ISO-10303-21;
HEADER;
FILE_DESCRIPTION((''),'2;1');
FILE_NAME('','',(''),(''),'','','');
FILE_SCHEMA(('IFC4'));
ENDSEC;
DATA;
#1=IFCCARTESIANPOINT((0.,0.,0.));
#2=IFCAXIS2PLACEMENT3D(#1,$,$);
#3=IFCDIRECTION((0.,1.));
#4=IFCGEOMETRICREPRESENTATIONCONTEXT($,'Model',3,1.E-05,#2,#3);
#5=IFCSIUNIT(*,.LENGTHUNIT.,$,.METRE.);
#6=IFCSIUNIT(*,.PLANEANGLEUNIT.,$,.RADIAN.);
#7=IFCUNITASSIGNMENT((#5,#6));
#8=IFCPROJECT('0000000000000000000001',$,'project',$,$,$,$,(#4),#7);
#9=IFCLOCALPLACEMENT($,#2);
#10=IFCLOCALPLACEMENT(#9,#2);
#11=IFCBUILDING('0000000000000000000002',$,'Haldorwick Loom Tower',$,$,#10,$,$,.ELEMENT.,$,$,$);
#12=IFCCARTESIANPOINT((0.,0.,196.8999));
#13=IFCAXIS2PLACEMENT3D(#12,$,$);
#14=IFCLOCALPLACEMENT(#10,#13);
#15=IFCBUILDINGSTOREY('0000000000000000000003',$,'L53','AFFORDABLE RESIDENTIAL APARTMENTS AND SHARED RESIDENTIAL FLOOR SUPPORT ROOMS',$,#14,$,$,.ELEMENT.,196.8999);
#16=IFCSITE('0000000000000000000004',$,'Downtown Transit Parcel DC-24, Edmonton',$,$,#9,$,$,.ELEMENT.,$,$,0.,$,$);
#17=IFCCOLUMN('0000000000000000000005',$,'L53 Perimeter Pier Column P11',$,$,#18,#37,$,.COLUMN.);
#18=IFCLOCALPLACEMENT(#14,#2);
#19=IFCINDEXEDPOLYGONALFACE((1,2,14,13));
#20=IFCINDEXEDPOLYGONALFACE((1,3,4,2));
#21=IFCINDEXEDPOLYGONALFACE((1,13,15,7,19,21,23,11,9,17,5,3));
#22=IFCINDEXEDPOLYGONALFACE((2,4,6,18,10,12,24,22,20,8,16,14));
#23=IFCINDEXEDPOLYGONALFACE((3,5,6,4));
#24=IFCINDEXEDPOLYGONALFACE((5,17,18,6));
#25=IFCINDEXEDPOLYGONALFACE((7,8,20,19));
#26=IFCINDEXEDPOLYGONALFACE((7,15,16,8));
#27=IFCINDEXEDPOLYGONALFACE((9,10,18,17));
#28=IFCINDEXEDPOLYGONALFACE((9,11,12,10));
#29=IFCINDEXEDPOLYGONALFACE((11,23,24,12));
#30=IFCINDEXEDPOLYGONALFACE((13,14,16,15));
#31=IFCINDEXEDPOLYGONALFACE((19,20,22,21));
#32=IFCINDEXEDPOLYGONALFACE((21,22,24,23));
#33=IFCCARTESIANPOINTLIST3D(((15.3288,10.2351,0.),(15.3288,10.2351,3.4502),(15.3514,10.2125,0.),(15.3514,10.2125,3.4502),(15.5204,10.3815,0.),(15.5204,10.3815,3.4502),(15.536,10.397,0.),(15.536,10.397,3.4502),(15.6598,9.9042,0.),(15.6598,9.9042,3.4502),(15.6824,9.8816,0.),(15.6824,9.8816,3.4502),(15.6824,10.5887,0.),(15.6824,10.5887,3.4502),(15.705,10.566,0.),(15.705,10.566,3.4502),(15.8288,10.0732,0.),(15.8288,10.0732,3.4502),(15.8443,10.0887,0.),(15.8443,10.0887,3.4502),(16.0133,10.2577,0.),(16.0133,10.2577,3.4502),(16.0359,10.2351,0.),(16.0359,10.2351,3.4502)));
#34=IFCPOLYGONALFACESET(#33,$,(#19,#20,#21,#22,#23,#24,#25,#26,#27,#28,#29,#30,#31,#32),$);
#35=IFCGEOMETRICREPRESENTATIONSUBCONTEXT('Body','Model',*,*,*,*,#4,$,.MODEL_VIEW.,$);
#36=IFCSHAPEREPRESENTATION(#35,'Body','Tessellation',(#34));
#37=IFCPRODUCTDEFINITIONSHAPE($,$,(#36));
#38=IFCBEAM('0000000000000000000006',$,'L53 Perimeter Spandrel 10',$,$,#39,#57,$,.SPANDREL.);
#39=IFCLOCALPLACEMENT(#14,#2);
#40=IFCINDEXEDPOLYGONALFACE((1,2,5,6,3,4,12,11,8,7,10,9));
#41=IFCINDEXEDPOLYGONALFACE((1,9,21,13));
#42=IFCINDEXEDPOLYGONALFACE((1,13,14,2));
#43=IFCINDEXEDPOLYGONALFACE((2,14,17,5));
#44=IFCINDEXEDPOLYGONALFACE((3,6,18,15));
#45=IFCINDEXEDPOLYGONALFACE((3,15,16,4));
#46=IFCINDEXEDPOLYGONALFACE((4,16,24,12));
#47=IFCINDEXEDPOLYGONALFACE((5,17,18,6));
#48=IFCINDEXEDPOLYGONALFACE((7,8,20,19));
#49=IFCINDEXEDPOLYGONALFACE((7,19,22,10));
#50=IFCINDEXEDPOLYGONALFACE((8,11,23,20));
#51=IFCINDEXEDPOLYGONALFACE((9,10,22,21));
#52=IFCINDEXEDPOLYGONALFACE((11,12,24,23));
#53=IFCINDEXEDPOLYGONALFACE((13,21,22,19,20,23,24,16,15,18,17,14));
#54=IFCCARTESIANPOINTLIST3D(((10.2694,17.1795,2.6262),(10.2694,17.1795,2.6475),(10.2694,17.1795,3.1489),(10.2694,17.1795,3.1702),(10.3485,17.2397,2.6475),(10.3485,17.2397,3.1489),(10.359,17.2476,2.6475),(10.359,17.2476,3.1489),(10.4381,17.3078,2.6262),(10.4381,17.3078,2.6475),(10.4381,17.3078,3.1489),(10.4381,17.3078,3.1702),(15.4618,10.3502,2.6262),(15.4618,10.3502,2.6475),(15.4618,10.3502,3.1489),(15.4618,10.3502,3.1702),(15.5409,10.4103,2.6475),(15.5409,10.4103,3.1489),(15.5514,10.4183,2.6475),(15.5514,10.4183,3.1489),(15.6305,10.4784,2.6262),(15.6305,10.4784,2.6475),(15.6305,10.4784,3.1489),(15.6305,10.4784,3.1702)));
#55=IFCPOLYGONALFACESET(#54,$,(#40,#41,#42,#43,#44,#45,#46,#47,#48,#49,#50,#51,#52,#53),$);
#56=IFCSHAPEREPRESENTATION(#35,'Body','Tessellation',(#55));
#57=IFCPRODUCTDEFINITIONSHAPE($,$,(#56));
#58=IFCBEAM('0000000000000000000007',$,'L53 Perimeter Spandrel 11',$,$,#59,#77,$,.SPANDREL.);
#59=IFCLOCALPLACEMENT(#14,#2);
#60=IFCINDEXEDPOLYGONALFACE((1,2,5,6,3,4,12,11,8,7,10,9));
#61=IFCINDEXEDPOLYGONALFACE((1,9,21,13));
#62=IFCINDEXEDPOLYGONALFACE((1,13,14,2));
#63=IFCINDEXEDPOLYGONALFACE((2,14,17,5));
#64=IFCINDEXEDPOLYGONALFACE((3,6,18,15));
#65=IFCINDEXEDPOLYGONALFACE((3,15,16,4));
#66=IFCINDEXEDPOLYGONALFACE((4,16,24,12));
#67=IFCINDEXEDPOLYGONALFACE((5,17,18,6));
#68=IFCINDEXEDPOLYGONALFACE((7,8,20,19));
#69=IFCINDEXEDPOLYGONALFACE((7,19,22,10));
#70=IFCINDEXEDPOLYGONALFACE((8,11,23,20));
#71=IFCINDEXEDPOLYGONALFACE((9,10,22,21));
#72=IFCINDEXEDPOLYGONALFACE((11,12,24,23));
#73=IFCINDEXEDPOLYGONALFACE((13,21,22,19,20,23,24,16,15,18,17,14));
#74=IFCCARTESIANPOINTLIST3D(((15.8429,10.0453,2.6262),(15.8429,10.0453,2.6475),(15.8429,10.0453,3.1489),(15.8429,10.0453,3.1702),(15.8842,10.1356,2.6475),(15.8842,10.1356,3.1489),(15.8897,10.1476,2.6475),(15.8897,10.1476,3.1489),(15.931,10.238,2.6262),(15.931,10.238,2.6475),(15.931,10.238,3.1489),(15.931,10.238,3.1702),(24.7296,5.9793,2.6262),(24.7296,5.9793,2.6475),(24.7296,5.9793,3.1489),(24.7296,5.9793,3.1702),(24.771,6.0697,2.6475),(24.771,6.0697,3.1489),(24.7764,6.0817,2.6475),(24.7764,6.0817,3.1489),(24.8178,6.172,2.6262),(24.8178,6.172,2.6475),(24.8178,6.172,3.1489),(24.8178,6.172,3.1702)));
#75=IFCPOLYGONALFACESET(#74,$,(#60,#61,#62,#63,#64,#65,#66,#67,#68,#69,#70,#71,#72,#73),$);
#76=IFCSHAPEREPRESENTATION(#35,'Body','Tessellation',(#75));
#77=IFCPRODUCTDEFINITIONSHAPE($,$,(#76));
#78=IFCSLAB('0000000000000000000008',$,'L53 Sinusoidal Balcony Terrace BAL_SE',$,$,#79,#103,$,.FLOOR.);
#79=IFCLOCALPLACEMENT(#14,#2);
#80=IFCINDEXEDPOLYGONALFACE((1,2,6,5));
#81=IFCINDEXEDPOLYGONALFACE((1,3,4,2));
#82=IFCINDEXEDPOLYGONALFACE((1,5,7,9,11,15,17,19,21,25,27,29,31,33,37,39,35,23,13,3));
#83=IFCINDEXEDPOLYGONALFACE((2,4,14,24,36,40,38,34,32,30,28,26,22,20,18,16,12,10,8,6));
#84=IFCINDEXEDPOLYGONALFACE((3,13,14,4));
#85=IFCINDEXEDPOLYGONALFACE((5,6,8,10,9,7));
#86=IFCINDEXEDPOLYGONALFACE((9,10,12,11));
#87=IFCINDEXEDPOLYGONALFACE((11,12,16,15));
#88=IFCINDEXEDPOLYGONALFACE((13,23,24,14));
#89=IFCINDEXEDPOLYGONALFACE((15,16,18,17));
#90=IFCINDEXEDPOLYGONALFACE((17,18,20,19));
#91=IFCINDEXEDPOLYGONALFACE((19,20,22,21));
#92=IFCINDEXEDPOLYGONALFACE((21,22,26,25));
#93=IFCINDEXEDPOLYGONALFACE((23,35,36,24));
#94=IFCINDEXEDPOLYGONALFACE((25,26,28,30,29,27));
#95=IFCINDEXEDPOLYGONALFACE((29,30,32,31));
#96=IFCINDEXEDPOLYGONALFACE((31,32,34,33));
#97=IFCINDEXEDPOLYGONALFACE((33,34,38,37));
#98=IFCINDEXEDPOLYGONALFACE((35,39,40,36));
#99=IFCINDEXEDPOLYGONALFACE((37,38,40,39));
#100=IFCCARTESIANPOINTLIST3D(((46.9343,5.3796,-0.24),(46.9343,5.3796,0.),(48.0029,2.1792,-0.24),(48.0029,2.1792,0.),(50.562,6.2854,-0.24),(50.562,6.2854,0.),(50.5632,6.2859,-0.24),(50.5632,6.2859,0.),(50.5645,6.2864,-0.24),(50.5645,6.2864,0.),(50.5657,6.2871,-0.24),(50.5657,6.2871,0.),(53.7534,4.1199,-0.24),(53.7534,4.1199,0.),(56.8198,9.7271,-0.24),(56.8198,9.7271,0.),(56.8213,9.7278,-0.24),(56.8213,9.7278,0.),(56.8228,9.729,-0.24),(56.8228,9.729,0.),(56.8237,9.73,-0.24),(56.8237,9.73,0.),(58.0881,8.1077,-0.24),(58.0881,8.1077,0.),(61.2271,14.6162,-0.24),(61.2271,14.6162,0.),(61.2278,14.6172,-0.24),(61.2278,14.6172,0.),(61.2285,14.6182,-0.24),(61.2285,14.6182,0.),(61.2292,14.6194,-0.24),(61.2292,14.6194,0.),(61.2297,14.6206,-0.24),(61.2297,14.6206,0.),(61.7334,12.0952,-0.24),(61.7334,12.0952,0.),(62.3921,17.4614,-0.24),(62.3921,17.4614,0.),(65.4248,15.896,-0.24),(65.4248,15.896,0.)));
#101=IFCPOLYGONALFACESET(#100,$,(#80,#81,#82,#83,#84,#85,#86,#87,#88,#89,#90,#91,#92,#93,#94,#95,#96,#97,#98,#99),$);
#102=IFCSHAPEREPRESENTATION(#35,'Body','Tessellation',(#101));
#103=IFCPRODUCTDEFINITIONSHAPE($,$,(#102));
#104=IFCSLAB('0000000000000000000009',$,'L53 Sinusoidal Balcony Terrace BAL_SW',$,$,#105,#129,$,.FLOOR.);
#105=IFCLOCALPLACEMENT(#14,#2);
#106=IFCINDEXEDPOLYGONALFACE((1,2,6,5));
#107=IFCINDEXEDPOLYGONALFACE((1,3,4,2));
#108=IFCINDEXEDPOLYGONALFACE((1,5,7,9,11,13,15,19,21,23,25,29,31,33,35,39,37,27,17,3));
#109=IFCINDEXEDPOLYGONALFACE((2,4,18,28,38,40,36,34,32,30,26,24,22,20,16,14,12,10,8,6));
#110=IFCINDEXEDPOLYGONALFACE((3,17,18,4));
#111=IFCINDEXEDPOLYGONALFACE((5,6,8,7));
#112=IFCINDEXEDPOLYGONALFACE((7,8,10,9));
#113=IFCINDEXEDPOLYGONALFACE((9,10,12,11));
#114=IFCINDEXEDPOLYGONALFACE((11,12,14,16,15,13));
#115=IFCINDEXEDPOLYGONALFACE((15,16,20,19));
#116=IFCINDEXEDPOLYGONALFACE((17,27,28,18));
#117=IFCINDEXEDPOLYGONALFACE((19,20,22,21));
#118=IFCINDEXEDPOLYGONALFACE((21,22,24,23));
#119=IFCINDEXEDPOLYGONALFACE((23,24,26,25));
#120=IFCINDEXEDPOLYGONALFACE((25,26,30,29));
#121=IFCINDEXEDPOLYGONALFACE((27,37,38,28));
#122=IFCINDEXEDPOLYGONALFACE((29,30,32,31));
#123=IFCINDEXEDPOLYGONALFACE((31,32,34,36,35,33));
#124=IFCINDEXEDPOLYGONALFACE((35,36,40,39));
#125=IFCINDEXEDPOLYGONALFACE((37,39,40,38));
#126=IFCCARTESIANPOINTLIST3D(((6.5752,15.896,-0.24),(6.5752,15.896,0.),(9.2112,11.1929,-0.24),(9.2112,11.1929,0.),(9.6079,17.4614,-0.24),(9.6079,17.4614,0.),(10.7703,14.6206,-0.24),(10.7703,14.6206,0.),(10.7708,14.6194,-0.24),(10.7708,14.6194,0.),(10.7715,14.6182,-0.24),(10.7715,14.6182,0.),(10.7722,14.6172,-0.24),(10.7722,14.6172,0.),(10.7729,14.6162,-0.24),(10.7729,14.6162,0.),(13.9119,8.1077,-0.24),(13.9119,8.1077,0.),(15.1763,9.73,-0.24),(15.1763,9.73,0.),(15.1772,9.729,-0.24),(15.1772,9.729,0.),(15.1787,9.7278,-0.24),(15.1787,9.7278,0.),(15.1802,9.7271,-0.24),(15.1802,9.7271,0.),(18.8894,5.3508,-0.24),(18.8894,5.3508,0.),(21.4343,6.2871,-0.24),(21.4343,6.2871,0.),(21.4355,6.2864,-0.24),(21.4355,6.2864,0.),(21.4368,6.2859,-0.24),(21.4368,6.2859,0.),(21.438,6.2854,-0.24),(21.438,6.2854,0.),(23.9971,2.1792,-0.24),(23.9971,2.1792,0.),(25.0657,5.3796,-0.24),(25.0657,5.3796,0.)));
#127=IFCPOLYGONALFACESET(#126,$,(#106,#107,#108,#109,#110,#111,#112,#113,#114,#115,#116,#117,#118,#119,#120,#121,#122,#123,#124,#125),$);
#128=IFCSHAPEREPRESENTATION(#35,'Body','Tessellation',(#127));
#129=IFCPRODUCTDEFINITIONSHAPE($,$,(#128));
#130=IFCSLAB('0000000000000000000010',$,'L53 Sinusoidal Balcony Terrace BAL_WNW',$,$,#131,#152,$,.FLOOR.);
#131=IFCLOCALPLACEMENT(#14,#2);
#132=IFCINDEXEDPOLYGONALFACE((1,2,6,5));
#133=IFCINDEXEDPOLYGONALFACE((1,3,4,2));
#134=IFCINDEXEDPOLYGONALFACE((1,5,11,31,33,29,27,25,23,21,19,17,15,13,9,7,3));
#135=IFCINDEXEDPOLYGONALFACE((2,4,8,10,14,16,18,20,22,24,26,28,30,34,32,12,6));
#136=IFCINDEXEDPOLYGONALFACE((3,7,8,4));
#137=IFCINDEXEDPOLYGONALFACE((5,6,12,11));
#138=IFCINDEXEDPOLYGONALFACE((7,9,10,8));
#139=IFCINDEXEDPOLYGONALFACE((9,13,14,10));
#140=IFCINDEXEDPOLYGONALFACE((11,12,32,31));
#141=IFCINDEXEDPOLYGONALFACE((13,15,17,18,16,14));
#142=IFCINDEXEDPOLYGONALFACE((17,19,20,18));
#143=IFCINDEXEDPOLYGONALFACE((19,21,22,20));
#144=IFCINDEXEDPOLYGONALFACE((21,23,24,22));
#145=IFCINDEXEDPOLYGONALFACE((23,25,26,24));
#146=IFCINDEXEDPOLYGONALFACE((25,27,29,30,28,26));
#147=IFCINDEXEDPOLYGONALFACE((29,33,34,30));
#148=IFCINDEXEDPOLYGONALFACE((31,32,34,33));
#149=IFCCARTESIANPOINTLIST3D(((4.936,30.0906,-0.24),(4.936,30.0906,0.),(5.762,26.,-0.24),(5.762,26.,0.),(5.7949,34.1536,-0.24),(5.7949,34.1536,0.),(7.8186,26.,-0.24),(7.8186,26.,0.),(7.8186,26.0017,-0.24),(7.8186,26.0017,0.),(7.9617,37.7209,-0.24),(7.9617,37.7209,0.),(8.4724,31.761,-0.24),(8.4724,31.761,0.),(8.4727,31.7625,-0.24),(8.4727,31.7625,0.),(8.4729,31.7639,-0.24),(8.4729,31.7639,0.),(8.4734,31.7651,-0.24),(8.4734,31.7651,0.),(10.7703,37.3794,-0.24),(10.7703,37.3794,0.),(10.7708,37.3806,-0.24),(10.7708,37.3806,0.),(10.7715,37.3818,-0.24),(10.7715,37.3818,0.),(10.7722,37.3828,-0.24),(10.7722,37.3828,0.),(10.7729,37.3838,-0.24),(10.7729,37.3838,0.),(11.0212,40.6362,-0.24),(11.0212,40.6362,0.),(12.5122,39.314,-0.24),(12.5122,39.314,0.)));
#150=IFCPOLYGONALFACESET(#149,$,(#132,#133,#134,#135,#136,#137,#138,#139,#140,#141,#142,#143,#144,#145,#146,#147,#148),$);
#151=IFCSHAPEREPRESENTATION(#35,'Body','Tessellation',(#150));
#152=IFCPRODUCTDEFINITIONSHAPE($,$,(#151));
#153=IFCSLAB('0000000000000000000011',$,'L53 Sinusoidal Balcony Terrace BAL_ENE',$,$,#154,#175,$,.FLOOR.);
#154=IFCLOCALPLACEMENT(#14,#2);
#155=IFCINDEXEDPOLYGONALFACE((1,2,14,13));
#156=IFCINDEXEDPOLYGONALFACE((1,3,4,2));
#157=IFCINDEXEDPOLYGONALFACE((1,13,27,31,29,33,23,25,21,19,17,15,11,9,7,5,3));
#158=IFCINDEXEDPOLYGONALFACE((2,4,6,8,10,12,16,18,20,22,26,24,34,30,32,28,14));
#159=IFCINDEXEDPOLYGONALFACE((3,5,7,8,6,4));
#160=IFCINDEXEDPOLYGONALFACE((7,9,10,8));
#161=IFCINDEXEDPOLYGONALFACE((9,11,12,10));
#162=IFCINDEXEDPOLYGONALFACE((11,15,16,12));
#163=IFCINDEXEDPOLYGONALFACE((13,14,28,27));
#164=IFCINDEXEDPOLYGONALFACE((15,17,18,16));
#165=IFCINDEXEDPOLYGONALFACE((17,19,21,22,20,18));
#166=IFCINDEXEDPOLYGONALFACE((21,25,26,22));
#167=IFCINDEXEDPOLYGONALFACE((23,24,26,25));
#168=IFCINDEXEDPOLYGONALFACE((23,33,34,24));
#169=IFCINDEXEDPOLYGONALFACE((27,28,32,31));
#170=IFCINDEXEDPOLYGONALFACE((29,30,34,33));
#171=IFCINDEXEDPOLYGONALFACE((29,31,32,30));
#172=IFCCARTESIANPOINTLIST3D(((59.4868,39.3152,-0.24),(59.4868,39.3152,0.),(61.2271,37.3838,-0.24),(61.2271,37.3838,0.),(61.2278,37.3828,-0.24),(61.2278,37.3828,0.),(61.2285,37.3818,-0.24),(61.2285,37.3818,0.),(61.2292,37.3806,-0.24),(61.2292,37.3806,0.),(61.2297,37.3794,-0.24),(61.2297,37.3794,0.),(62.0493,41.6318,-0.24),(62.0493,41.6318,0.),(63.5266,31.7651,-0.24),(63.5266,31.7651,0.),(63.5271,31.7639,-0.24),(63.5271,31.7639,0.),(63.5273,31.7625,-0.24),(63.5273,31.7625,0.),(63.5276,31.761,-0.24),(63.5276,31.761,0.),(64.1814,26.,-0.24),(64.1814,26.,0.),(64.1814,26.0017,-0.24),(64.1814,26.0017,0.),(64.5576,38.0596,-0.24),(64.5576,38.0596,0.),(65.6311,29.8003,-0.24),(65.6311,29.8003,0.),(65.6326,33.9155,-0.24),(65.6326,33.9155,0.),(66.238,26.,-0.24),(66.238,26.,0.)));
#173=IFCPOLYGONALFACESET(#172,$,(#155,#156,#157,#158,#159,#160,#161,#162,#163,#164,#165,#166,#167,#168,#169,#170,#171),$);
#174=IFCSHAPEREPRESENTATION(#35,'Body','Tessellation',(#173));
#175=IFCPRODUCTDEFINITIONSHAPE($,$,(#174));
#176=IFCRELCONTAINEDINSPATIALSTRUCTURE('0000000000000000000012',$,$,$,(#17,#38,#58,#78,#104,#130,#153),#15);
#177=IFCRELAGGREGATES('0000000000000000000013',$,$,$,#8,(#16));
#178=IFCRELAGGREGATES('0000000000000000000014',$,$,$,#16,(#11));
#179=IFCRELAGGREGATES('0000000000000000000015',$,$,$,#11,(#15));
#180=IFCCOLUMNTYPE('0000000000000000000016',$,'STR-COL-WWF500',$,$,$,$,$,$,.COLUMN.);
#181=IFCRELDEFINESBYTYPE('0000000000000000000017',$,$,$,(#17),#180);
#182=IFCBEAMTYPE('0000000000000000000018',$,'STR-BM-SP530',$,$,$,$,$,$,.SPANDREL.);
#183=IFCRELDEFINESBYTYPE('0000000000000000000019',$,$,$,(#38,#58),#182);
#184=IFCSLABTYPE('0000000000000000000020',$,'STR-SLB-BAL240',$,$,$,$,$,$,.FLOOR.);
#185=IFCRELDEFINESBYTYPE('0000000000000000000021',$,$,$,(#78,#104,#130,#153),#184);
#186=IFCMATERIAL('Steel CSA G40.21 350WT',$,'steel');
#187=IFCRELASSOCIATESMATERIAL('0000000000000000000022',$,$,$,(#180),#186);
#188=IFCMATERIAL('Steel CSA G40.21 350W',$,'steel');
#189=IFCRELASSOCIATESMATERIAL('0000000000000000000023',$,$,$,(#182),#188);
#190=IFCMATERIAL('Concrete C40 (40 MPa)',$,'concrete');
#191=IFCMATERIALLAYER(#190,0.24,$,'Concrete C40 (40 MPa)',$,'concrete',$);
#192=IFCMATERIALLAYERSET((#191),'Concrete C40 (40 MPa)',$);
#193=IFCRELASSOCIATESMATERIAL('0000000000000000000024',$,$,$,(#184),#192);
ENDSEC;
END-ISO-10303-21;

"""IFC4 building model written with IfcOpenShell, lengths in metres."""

from ifc_helpers import new_model, si_unit, direction, frame, origin, origin_2d, place, context, subcontext, project, spatial, polyline, i_section, outline, extrude, material, layer, layer_set, material_profile, profile_set, type_object, element, save


model = new_model("IFC4")

# Units and contexts
model_context = context("Model", 3, precision=1e-05, world=origin(), true_north=direction((0.0, 1.0)))
body_context = subcontext(model_context, "Body", "Model", "MODEL_VIEW")
ifc_project = project(units=[si_unit("LENGTHUNIT", "METRE"), si_unit("PLANEANGLEUNIT", "RADIAN")], contexts=[model_context])

# Site, building, storey
site_placement = place(None, origin())
site = spatial("IfcSite", under=ifc_project, at=site_placement, Name="Downtown Transit Parcel DC-24, Edmonton", CompositionType="ELEMENT", RefElevation=0.0)
building_placement = place(site_placement, origin())
building = spatial("IfcBuilding", under=site, at=building_placement, Name="Haldorwick Loom Tower", CompositionType="ELEMENT")
storey_placement = place(building_placement, frame((0.0, 0.0, 196.8999)))
storey = spatial("IfcBuildingStorey", under=building, at=storey_placement, Name="L53", Description="AFFORDABLE RESIDENTIAL APARTMENTS AND SHARED RESIDENTIAL FLOOR SUPPORT ROOMS", CompositionType="ELEMENT", Elevation=196.8999)

# Column
ifc_material_1 = material(Name="Steel CSA G40.21 350WT", Category="steel")
ifc_material_profile_1 = material_profile(ifc_material_1, i_section(OverallWidth=0.5, OverallDepth=0.5, WebThickness=0.022, FlangeThickness=0.032, at=origin_2d()), Name="WWF500X500", Category="steel")
ifc_profile_set_1 = profile_set([ifc_material_profile_1], Name="Steel CSA G40.21 350WT")
column_type = type_object("IfcColumnType", Name="STR-COL-WWF500", PredefinedType="COLUMN", material=ifc_profile_set_1)
column_placement = place(storey_placement, frame((15.6824, 10.2351, 0.0), z_axis=(0.0, 0.0, 1.0), x_axis=(-0.707107, -0.707107, 0.0)))
element("IfcColumn", 1, at=column_placement, inside=storey, type_object=column_type, Name="L53 Perimeter Pier Column P11", PredefinedType="COLUMN", context=body_context, shape_type="SweptSolid", body=[
    extrude(i_section(OverallWidth=0.5, OverallDepth=0.5, WebThickness=0.022, FlangeThickness=0.032, at=origin_2d()), origin(), (0.0, 0.0, 1.0), 3.4502),
])

# Beams
ifc_material_2 = material(Name="Steel CSA G40.21 350W", Category="steel")
ifc_material_profile_2 = material_profile(ifc_material_2, i_section(OverallWidth=0.2119, OverallDepth=0.5439, WebThickness=0.0132, FlangeThickness=0.0212, at=origin_2d()), Name="W530X123", Category="steel")
ifc_profile_set_2 = profile_set([ifc_material_profile_2], Name="Steel CSA G40.21 350W")
beam_type = type_object("IfcBeamType", Name="STR-BM-SP530", PredefinedType="SPANDREL", material=ifc_profile_set_2)
beam_1_placement = place(storey_placement, frame((10.3538, 17.2437, 2.8982), z_axis=(0.605237, -0.796045, 0.0), x_axis=(0.796045, 0.605237, 0.0)))
element("IfcBeam", 2, at=beam_1_placement, inside=storey, type_object=beam_type, Name="L53 Perimeter Spandrel 10", PredefinedType="SPANDREL", context=body_context, shape_type="SweptSolid", body=[
    extrude(i_section(OverallWidth=0.2119, OverallDepth=0.5439, WebThickness=0.0132, FlangeThickness=0.0212, at=origin_2d()), origin(), (0.0, 0.0, 1.0), 8.5791),
])
beam_2_placement = place(storey_placement, frame((15.887, 10.1416, 2.8982), z_axis=(0.909342, -0.416049, 0.0), x_axis=(0.416049, 0.909342, 0.0)))
element("IfcBeam", 3, at=beam_2_placement, inside=storey, type_object=beam_type, Name="L53 Perimeter Spandrel 11", PredefinedType="SPANDREL", context=body_context, shape_type="SweptSolid", body=[
    extrude(i_section(OverallWidth=0.2119, OverallDepth=0.5439, WebThickness=0.0132, FlangeThickness=0.0212, at=origin_2d()), origin(), (0.0, 0.0, 1.0), 9.7727),
])

# Slabs
ifc_material_3 = material(Name="Concrete C40 (40 MPa)", Category="concrete")
ifc_layer_1 = layer(ifc_material_3, 0.24, Name="Concrete C40 (40 MPa)", Category="concrete")
ifc_layer_set_1 = layer_set([ifc_layer_1], Name="Concrete C40 (40 MPa)")
slab_type_1 = type_object("IfcSlabType", Name="STR-SLB-BAL240", PredefinedType="FLOOR", material=ifc_layer_set_1)
slab_1_placement = place(storey_placement, frame((0.0, 0.0, -0.24)))
element("IfcSlab", 4, at=slab_1_placement, inside=storey, type_object=slab_type_1, Name="L53 Sinusoidal Balcony Terrace BAL_SE", PredefinedType="FLOOR", context=body_context, shape_type="SweptSolid", body=[
    extrude(outline(polyline([(62.3921, 17.4614), (61.2297, 14.6206), (61.2292, 14.6194), (61.2285, 14.6182), (61.2278, 14.6172), (61.2271, 14.6162), (56.8237, 9.73), (56.8228, 9.729), (56.8213, 9.7278), (56.8198, 9.7271), (50.5657, 6.2871), (50.5645, 6.2864), (50.5632, 6.2859), (50.562, 6.2854), (46.9343, 5.3796), (48.0029, 2.1792), (53.7534, 4.1199), (58.0881, 8.1077), (61.7334, 12.0952), (65.4248, 15.896), (62.3921, 17.4614)])), origin(), (0.0, 0.0, 1.0), 0.24),
])
slab_2_placement = place(storey_placement, frame((0.0, 0.0, -0.24)))
element("IfcSlab", 5, at=slab_2_placement, inside=storey, type_object=slab_type_1, Name="L53 Sinusoidal Balcony Terrace BAL_SW", PredefinedType="FLOOR", context=body_context, shape_type="SweptSolid", body=[
    extrude(outline(polyline([(25.0657, 5.3796), (21.438, 6.2854), (21.4368, 6.2859), (21.4355, 6.2864), (21.4343, 6.2871), (15.1802, 9.7271), (15.1787, 9.7278), (15.1772, 9.729), (15.1763, 9.73), (10.7729, 14.6162), (10.7722, 14.6172), (10.7715, 14.6182), (10.7708, 14.6194), (10.7703, 14.6206), (9.6079, 17.4614), (6.5752, 15.896), (9.2112, 11.1929), (13.9119, 8.1077), (18.8894, 5.3508), (23.9971, 2.1792), (25.0657, 5.3796)])), origin(), (0.0, 0.0, 1.0), 0.24),
])
slab_3_placement = place(storey_placement, frame((0.0, 0.0, -0.24)))
element("IfcSlab", 6, at=slab_3_placement, inside=storey, type_object=slab_type_1, Name="L53 Sinusoidal Balcony Terrace BAL_WNW", PredefinedType="FLOOR", context=body_context, shape_type="SweptSolid", body=[
    extrude(outline(polyline([(7.8186, 26.0), (7.8186, 26.0017), (8.4724, 31.761), (8.4727, 31.7625), (8.4729, 31.7639), (8.4734, 31.7651), (10.7703, 37.3794), (10.7708, 37.3806), (10.7715, 37.3818), (10.7722, 37.3828), (10.7729, 37.3838), (12.5122, 39.314), (11.0212, 40.6362), (7.9617, 37.7209), (5.7949, 34.1536), (4.936, 30.0906), (5.762, 26.0), (7.8186, 26.0)])), origin(), (0.0, 0.0, 1.0), 0.24),
])
slab_4_placement = place(storey_placement, frame((0.0, 0.0, -0.24)))
element("IfcSlab", 7, at=slab_4_placement, inside=storey, type_object=slab_type_1, Name="L53 Sinusoidal Balcony Terrace BAL_ENE", PredefinedType="FLOOR", context=body_context, shape_type="SweptSolid", body=[
    extrude(outline(polyline([(59.4868, 39.3152), (61.2271, 37.3838), (61.2278, 37.3828), (61.2285, 37.3818), (61.2292, 37.3806), (61.2297, 37.3794), (63.5266, 31.7651), (63.5271, 31.7639), (63.5273, 31.7625), (63.5276, 31.761), (64.1814, 26.0017), (64.1814, 26.0), (66.238, 26.0), (65.6311, 29.8003), (65.6326, 33.9155), (64.5576, 38.0596), (62.0493, 41.6318), (59.4868, 39.3152)])), origin(), (0.0, 0.0, 1.0), 0.24),
])

save(model, "model.ifc")
